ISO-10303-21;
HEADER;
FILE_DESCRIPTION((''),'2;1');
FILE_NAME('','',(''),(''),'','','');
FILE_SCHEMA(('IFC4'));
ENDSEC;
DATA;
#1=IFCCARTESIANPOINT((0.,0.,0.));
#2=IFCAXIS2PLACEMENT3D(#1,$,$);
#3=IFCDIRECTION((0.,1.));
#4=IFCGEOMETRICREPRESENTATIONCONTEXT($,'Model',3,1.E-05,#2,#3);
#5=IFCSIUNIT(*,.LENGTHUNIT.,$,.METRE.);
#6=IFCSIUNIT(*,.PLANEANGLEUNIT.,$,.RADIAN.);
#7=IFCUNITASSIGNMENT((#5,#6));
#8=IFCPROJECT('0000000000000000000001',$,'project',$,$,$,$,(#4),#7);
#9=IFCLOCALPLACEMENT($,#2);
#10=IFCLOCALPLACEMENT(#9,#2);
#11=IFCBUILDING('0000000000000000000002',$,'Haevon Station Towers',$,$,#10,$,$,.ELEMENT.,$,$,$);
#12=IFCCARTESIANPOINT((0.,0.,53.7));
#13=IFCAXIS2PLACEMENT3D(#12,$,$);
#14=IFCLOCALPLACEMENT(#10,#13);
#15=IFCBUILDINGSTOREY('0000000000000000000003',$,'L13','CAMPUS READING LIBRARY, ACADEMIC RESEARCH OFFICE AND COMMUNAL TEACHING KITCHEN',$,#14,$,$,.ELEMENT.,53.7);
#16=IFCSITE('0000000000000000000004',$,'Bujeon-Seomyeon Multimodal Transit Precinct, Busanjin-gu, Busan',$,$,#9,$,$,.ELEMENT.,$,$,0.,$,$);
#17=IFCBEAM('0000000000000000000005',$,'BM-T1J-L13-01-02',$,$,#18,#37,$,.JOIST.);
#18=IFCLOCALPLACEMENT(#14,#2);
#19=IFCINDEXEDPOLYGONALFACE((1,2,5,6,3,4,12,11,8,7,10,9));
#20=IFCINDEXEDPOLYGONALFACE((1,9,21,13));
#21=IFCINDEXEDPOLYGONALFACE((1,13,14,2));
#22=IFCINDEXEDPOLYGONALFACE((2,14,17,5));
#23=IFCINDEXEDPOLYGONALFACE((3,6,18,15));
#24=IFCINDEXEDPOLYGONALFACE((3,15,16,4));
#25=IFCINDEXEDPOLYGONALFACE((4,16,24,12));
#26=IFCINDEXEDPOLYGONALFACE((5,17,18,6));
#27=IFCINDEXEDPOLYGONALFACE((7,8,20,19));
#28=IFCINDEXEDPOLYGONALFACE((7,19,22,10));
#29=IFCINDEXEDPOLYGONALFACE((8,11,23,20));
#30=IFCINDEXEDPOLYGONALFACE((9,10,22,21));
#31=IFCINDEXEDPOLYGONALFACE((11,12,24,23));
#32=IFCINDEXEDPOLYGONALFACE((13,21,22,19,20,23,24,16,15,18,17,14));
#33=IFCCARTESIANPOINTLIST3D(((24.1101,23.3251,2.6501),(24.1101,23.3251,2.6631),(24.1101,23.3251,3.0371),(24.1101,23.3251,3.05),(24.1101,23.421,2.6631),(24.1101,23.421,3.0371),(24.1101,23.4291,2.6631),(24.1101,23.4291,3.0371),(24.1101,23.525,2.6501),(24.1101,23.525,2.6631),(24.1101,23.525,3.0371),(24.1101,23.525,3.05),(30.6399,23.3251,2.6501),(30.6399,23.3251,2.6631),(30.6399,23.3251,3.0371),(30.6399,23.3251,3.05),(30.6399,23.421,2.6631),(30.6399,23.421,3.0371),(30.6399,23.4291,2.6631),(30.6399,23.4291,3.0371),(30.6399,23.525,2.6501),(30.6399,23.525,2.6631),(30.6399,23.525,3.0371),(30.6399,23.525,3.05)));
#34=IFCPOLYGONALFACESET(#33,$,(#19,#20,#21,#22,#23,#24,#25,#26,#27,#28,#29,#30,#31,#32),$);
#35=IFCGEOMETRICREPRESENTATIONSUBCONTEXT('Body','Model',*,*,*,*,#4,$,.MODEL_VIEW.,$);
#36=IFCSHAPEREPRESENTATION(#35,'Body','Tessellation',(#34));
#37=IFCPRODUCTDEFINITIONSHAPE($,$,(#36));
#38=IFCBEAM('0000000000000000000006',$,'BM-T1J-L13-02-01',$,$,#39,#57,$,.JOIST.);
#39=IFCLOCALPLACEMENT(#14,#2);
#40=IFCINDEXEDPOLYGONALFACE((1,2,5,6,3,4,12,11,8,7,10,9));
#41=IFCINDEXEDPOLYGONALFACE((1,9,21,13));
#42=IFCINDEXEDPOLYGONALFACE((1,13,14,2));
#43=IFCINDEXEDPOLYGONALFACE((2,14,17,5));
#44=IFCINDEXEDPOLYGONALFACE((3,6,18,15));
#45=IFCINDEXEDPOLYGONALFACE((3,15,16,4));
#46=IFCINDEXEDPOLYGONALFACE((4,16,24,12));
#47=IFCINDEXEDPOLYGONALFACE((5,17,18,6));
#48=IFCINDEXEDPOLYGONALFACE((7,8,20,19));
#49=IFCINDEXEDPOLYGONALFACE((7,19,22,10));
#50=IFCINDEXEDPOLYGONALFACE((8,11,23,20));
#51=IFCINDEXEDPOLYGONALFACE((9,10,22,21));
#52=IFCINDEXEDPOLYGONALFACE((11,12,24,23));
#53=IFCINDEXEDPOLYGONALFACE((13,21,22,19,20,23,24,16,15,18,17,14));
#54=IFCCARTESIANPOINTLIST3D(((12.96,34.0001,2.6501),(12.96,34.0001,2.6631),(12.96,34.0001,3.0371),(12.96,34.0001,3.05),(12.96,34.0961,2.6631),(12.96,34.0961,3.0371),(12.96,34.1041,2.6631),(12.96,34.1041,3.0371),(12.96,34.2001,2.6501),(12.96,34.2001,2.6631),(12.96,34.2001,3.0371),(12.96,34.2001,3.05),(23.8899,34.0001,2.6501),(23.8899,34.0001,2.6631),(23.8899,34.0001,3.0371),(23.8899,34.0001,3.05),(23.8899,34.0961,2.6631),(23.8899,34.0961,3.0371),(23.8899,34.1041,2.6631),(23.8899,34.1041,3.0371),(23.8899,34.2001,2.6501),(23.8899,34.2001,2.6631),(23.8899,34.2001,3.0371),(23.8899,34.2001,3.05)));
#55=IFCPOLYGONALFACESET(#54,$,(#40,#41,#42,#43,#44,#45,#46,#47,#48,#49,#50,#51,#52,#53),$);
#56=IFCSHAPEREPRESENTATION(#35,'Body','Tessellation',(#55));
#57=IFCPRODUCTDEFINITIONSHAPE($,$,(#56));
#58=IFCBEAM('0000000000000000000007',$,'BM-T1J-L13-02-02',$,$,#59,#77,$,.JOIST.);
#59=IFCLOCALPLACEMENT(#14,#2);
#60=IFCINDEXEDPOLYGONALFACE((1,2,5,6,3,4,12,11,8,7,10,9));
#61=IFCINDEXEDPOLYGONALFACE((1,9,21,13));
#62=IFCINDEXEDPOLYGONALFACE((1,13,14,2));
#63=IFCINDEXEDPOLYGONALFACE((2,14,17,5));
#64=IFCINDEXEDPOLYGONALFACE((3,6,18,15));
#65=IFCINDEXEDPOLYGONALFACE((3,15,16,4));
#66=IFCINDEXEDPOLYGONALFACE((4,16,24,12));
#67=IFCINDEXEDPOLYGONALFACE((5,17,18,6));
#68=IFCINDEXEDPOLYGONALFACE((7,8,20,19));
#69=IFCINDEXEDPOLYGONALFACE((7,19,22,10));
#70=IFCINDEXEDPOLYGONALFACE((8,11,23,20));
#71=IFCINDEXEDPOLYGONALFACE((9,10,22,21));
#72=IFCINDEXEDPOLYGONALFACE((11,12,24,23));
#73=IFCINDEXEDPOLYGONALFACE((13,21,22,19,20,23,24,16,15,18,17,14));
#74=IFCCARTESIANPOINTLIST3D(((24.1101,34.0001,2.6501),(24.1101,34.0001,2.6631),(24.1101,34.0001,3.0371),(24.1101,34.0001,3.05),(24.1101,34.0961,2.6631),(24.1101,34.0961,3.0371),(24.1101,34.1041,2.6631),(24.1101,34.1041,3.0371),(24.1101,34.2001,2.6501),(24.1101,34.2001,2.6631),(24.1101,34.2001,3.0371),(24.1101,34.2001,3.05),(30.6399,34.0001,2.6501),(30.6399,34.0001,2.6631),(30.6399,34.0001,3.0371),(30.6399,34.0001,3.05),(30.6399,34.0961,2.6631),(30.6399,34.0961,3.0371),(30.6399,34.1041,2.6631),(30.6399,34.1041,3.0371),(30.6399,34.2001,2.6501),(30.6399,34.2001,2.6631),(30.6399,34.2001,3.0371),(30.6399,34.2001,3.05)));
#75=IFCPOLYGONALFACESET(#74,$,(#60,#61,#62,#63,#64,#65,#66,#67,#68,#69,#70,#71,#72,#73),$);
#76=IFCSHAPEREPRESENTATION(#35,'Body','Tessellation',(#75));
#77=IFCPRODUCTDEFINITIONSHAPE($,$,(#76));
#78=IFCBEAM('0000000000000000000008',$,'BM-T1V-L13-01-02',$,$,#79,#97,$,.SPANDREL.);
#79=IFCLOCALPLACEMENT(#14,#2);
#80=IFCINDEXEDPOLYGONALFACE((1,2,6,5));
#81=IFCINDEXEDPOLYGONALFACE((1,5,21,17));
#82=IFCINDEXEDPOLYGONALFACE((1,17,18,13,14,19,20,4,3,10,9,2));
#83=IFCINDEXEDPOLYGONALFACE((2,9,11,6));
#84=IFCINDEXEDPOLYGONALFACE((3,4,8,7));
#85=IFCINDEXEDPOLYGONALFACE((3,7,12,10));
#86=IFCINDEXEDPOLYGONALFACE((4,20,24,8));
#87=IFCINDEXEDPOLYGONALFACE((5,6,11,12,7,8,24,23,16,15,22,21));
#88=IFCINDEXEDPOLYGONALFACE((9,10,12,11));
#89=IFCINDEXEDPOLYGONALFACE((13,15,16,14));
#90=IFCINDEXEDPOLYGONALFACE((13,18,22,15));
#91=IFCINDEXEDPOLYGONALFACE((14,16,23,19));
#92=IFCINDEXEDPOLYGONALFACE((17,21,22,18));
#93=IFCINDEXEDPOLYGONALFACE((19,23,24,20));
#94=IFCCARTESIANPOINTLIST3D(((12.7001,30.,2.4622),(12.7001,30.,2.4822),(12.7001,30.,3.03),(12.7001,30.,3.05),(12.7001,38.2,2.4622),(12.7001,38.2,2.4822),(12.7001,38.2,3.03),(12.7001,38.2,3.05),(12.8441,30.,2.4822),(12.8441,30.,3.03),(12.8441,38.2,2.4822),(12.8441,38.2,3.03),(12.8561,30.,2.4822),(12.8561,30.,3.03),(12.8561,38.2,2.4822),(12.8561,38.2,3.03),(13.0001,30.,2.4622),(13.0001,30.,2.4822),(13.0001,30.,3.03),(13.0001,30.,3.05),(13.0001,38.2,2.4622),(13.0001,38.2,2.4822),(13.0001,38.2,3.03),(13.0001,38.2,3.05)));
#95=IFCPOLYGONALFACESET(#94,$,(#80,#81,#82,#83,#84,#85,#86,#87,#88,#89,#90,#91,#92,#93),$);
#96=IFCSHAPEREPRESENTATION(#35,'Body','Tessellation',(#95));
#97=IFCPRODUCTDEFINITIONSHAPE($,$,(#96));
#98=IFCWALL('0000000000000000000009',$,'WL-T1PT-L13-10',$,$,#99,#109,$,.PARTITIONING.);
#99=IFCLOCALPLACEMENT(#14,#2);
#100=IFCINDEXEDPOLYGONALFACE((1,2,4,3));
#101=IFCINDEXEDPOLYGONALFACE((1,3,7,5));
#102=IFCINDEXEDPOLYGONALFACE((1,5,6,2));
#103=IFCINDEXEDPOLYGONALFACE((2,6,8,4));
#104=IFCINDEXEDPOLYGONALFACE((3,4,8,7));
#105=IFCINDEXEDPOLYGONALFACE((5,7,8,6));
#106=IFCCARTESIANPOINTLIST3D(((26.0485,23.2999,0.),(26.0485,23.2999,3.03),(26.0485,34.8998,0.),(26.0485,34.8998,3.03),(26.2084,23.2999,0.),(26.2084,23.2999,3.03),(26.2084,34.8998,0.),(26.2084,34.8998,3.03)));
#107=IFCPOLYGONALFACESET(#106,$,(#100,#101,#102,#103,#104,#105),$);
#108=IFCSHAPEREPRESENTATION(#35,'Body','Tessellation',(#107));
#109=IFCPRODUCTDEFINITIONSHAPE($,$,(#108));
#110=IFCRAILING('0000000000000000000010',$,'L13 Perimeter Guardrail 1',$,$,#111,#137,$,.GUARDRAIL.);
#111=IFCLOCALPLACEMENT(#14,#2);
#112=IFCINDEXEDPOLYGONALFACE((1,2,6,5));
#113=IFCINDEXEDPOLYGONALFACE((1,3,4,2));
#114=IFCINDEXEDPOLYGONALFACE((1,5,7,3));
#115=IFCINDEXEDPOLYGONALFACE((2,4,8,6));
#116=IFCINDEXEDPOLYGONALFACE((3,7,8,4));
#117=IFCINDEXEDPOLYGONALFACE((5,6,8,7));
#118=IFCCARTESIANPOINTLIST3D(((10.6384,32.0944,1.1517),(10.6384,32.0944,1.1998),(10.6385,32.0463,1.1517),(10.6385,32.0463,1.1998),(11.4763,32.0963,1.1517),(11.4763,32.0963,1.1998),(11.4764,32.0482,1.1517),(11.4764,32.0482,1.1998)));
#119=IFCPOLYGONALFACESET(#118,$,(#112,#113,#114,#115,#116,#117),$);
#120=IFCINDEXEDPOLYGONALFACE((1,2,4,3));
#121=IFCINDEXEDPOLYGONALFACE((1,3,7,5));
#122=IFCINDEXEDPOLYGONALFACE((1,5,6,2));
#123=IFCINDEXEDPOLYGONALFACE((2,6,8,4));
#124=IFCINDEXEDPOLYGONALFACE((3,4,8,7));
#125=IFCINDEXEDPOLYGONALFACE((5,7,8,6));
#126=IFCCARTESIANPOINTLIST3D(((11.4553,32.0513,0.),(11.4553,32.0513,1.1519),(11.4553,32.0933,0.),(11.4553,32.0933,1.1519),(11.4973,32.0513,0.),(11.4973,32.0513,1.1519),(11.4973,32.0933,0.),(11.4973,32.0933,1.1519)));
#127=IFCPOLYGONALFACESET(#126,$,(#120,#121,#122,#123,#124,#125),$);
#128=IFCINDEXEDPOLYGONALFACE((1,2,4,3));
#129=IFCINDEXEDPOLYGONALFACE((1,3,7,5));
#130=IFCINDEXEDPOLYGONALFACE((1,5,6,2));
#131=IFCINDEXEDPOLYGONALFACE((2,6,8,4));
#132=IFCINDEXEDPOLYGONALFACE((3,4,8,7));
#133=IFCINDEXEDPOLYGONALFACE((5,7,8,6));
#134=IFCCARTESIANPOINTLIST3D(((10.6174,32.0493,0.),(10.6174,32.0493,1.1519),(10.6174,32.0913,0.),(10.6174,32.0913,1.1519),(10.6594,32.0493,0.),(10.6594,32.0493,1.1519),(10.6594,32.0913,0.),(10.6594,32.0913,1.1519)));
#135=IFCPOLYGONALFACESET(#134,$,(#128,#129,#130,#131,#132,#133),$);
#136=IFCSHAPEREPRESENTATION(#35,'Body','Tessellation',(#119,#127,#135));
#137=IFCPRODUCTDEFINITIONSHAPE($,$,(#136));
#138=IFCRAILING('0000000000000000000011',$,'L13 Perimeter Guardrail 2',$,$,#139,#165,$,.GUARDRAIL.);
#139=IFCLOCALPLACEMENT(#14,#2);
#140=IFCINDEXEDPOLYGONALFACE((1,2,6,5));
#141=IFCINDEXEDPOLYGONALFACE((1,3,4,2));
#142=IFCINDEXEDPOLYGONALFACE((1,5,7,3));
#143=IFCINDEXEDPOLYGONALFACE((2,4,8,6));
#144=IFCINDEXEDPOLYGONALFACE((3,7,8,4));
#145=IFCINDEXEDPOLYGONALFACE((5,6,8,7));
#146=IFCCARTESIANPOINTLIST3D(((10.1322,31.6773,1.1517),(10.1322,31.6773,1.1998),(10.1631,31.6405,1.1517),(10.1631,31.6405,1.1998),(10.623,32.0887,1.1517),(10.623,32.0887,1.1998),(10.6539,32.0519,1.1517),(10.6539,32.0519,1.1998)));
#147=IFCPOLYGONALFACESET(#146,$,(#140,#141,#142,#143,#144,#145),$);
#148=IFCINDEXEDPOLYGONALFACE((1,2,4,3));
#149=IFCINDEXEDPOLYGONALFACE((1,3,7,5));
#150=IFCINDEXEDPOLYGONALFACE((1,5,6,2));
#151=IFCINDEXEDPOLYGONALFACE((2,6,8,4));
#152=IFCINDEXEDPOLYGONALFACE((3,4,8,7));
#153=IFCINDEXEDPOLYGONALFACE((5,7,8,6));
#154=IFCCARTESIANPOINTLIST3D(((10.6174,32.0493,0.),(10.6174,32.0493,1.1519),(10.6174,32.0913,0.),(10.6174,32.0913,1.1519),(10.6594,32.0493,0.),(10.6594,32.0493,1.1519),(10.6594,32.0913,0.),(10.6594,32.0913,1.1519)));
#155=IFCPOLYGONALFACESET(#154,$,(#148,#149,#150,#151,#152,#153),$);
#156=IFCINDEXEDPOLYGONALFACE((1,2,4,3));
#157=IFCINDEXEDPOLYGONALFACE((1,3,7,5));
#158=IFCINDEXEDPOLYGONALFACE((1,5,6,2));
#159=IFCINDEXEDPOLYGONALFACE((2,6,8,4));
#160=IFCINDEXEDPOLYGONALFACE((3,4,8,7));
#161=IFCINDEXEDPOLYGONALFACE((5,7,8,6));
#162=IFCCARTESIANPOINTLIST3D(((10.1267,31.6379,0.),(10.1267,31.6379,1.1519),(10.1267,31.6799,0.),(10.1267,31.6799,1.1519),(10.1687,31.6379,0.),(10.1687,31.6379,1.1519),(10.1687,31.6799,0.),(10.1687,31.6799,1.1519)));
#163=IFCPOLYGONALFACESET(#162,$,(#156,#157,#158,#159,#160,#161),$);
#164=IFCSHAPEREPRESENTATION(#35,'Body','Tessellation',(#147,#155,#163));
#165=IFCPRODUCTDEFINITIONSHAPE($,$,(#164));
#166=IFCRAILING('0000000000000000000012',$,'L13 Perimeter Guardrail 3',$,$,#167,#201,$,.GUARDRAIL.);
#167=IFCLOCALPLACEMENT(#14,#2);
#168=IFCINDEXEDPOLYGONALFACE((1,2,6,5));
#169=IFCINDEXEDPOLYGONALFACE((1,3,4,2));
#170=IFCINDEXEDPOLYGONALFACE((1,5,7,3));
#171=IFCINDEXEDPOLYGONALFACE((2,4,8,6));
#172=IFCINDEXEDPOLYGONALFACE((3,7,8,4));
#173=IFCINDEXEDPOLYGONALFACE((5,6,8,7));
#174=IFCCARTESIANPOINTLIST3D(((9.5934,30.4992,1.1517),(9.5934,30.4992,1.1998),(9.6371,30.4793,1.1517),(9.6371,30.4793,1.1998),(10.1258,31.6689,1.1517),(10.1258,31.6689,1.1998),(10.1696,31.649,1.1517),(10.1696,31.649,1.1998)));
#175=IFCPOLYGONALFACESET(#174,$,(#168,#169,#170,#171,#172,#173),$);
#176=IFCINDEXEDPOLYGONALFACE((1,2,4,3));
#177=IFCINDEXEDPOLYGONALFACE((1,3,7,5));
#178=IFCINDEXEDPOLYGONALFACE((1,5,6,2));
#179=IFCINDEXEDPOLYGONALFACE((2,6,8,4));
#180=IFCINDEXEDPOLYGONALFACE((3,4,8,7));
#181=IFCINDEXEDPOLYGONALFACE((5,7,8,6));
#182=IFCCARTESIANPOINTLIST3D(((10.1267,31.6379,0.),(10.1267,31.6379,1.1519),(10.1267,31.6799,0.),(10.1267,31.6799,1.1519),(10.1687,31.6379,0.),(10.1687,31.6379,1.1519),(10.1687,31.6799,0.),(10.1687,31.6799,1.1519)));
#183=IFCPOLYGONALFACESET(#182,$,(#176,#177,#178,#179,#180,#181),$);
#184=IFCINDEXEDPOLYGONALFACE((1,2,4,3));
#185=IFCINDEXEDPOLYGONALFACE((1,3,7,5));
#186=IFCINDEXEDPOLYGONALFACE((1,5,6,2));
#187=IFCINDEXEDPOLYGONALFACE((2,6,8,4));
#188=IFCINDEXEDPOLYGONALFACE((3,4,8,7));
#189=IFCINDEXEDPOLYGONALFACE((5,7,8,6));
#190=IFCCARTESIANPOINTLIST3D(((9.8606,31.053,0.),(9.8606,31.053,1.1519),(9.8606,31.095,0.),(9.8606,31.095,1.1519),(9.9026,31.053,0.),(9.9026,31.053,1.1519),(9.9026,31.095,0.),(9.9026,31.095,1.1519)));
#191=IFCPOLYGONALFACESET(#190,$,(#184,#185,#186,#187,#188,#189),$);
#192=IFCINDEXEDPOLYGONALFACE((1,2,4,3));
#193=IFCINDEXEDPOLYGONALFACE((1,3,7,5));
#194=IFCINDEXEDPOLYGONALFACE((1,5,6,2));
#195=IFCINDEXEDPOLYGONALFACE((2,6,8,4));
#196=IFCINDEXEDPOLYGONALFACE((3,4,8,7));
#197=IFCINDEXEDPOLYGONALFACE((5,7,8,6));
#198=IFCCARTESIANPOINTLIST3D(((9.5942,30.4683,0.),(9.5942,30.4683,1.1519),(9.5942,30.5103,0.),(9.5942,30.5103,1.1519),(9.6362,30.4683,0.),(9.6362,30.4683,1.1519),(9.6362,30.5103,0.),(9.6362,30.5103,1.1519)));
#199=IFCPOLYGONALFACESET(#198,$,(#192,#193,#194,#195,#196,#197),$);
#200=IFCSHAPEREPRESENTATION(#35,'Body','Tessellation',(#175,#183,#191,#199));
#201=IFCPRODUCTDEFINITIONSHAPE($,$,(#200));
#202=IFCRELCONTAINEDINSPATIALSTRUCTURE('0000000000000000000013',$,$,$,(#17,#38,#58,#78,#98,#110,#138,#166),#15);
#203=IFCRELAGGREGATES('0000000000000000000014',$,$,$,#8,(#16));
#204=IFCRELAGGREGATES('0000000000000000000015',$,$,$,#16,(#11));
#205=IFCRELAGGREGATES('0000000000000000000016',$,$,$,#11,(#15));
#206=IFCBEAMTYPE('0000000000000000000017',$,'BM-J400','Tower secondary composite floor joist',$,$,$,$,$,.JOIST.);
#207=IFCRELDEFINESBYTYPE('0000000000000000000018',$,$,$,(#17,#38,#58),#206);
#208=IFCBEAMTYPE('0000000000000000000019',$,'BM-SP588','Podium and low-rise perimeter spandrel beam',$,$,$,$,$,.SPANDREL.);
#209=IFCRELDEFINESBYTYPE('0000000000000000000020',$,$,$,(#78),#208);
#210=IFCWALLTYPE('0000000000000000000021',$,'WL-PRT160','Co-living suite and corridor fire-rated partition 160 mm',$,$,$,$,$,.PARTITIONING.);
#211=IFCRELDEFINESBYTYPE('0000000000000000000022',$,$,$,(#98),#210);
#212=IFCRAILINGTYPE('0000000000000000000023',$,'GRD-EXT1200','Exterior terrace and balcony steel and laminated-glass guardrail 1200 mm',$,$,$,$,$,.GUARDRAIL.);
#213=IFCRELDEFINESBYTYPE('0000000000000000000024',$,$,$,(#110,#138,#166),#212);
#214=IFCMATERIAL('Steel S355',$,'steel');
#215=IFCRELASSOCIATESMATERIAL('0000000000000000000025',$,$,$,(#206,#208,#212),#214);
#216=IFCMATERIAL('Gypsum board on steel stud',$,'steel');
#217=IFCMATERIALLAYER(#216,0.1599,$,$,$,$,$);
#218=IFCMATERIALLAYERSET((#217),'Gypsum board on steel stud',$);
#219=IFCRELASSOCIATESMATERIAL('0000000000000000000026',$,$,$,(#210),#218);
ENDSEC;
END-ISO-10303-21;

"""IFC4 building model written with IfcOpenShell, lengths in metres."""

from ifc_helpers import new_model, si_unit, direction, frame, frame_2d, origin, origin_2d, place, context, subcontext, project, spatial, rectangle, i_section, extrude, material, layer, layer_set, material_profile, profile_set, type_object, element, save


model = new_model("IFC4")

# Units and contexts
model_context = context("Model", 3, precision=1e-05, world=origin(), true_north=direction((0.0, 1.0)))
body_context = subcontext(model_context, "Body", "Model", "MODEL_VIEW")
ifc_project = project(units=[si_unit("LENGTHUNIT", "METRE"), si_unit("PLANEANGLEUNIT", "RADIAN")], contexts=[model_context])

# Site, building, storey
site_placement = place(None, origin())
site = spatial("IfcSite", under=ifc_project, at=site_placement, Name="Bujeon-Seomyeon Multimodal Transit Precinct, Busanjin-gu, Busan", CompositionType="ELEMENT", RefElevation=0.0)
building_placement = place(site_placement, origin())
building = spatial("IfcBuilding", under=site, at=building_placement, Name="Haevon Station Towers", CompositionType="ELEMENT")
storey_placement = place(building_placement, frame((0.0, 0.0, 53.7)))
storey = spatial("IfcBuildingStorey", under=building, at=storey_placement, Name="L13", Description="CAMPUS READING LIBRARY, ACADEMIC RESEARCH OFFICE AND COMMUNAL TEACHING KITCHEN", CompositionType="ELEMENT", Elevation=53.7)

# Beams
ifc_material_1 = material(Name="Steel S355", Category="steel")
ifc_material_profile_1 = material_profile(ifc_material_1, i_section(OverallWidth=0.2, OverallDepth=0.3999, WebThickness=0.0081, FlangeThickness=0.0129, at=origin_2d()), Name="H-400x200x8x13")
ifc_profile_set_1 = profile_set([ifc_material_profile_1], Name="Steel S355")
beam_type_1 = type_object("IfcBeamType", Name="BM-J400", Description="Tower secondary composite floor joist", PredefinedType="JOIST", material=ifc_profile_set_1)
beam_1_placement = place(storey_placement, frame((24.1101, 23.425, 2.8501), z_axis=(1.0, 0.0, 0.0), x_axis=(0.0, 1.0, 0.0)))
element("IfcBeam", 1, at=beam_1_placement, inside=storey, type_object=beam_type_1, Name="BM-T1J-L13-01-02", PredefinedType="JOIST", context=body_context, shape_type="SweptSolid", body=[
    extrude(i_section(OverallWidth=0.2, OverallDepth=0.3999, WebThickness=0.0081, FlangeThickness=0.0129, at=origin_2d()), origin(), (0.0, 0.0, 1.0), 6.5298),
])
beam_2_placement = place(storey_placement, frame((12.96, 34.1001, 2.8501), z_axis=(1.0, 0.0, 0.0), x_axis=(0.0, 1.0, 0.0)))
element("IfcBeam", 2, at=beam_2_placement, inside=storey, type_object=beam_type_1, Name="BM-T1J-L13-02-01", PredefinedType="JOIST", context=body_context, shape_type="SweptSolid", body=[
    extrude(i_section(OverallWidth=0.2, OverallDepth=0.3999, WebThickness=0.0081, FlangeThickness=0.0129, at=origin_2d()), origin(), (0.0, 0.0, 1.0), 10.9299),
])
beam_3_placement = place(storey_placement, frame((24.1101, 34.1001, 2.8501), z_axis=(1.0, 0.0, 0.0), x_axis=(0.0, 1.0, 0.0)))
element("IfcBeam", 3, at=beam_3_placement, inside=storey, type_object=beam_type_1, Name="BM-T1J-L13-02-02", PredefinedType="JOIST", context=body_context, shape_type="SweptSolid", body=[
    extrude(i_section(OverallWidth=0.2, OverallDepth=0.3999, WebThickness=0.0081, FlangeThickness=0.0129, at=origin_2d()), origin(), (0.0, 0.0, 1.0), 6.5298),
])
ifc_material_profile_2 = material_profile(ifc_material_1, i_section(OverallWidth=0.3, OverallDepth=0.5879, WebThickness=0.012, FlangeThickness=0.02, at=origin_2d()), Name="H-588x300x12x20")
ifc_profile_set_2 = profile_set([ifc_material_profile_2], Name="Steel S355")
beam_type_2 = type_object("IfcBeamType", Name="BM-SP588", Description="Podium and low-rise perimeter spandrel beam", PredefinedType="SPANDREL", material=ifc_profile_set_2)
beam_4_placement = place(storey_placement, frame((12.8501, 30.0, 2.7561), z_axis=(0.0, 1.0, 0.0), x_axis=(-1.0, 0.0, 0.0)))
element("IfcBeam", 4, at=beam_4_placement, inside=storey, type_object=beam_type_2, Name="BM-T1V-L13-01-02", PredefinedType="SPANDREL", context=body_context, shape_type="SweptSolid", body=[
    extrude(i_section(OverallWidth=0.3, OverallDepth=0.5879, WebThickness=0.012, FlangeThickness=0.02, at=origin_2d()), origin(), (0.0, 0.0, 1.0), 8.2),
])

# Wall
ifc_material_2 = material(Name="Gypsum board on steel stud", Category="steel")
ifc_layer = layer(ifc_material_2, 0.1599)
ifc_layer_set = layer_set([ifc_layer], Name="Gypsum board on steel stud")
wall_type = type_object("IfcWallType", Name="WL-PRT160", Description="Co-living suite and corridor fire-rated partition 160 mm", PredefinedType="PARTITIONING", material=ifc_layer_set)
wall_placement = place(storey_placement, frame((26.1284, 23.3, 0.0), z_axis=(0.0, 0.0, 1.0), x_axis=(0.0, 1.0, 0.0)))
element("IfcWall", 5, at=wall_placement, inside=storey, type_object=wall_type, Name="WL-T1PT-L13-10", PredefinedType="PARTITIONING", context=body_context, shape_type="SweptSolid", body=[
    extrude(rectangle(XDim=11.5999, YDim=0.1599, at=frame_2d((5.7998, 0.0))), origin(), (0.0, 0.0, 1.0), 3.03),
])

# Railings
railing_type = type_object("IfcRailingType", Name="GRD-EXT1200", Description="Exterior terrace and balcony steel and laminated-glass guardrail 1200 mm", PredefinedType="GUARDRAIL", material=ifc_material_1)
railing_1_placement = place(storey_placement, frame((11.4763, 32.0723, 0.0)))
element("IfcRailing", 6, at=railing_1_placement, inside=storey, type_object=railing_type, Name="L13 Perimeter Guardrail 1", PredefinedType="GUARDRAIL", context=body_context, shape_type="SweptSolid", body=[
    extrude(rectangle(XDim=0.0481, YDim=0.0481, at=origin_2d()), frame((0.0, 0.0, 1.1758), z_axis=(-0.999997, -0.002331, 0.0), x_axis=(0.002331, -0.999997, 0.0)), (0.0, 0.0, 1.0), 0.8379),
    extrude(rectangle(XDim=0.042, YDim=0.042, at=origin_2d()), origin(), (0.0, 0.0, 1.0), 1.1519),
    extrude(rectangle(XDim=0.042, YDim=0.042, at=origin_2d()), frame((-0.8379, -0.002, 0.0)), (0.0, 0.0, 1.0), 1.1519),
])
railing_2_placement = place(storey_placement, frame((10.6384, 32.0703, 0.0)))
element("IfcRailing", 7, at=railing_2_placement, inside=storey, type_object=railing_type, Name="L13 Perimeter Guardrail 2", PredefinedType="GUARDRAIL", context=body_context, shape_type="SweptSolid", body=[
    extrude(rectangle(XDim=0.0481, YDim=0.0481, at=origin_2d()), frame((0.0, 0.0, 1.1758), z_axis=(-0.766343, -0.642432, 0.0), x_axis=(0.642432, -0.766343, 0.0)), (0.0, 0.0, 1.0), 0.6404),
    extrude(rectangle(XDim=0.042, YDim=0.042, at=origin_2d()), origin(), (0.0, 0.0, 1.0), 1.1519),
    extrude(rectangle(XDim=0.042, YDim=0.042, at=origin_2d()), frame((-0.4907, -0.4114, 0.0)), (0.0, 0.0, 1.0), 1.1519),
])
railing_3_placement = place(storey_placement, frame((10.1477, 31.6589, 0.0)))
element("IfcRailing", 8, at=railing_3_placement, inside=storey, type_object=railing_type, Name="L13 Perimeter Guardrail 3", PredefinedType="GUARDRAIL", context=body_context, shape_type="SweptSolid", body=[
    extrude(rectangle(XDim=0.0481, YDim=0.0481, at=origin_2d()), frame((0.0, 0.0, 1.1758), z_axis=(-0.414318, -0.910132, 0.0), x_axis=(0.910132, -0.414318, 0.0)), (0.0, 0.0, 1.0), 1.2852),
    extrude(rectangle(XDim=0.042, YDim=0.042, at=origin_2d()), origin(), (0.0, 0.0, 1.0), 1.1519),
    extrude(rectangle(XDim=0.042, YDim=0.042, at=origin_2d()), frame((-0.2661, -0.585, 0.0)), (0.0, 0.0, 1.0), 1.1519),
    extrude(rectangle(XDim=0.042, YDim=0.042, at=origin_2d()), frame((-0.5325, -1.1697, 0.0)), (0.0, 0.0, 1.0), 1.1519),
])

save(model, "model.ifc")
